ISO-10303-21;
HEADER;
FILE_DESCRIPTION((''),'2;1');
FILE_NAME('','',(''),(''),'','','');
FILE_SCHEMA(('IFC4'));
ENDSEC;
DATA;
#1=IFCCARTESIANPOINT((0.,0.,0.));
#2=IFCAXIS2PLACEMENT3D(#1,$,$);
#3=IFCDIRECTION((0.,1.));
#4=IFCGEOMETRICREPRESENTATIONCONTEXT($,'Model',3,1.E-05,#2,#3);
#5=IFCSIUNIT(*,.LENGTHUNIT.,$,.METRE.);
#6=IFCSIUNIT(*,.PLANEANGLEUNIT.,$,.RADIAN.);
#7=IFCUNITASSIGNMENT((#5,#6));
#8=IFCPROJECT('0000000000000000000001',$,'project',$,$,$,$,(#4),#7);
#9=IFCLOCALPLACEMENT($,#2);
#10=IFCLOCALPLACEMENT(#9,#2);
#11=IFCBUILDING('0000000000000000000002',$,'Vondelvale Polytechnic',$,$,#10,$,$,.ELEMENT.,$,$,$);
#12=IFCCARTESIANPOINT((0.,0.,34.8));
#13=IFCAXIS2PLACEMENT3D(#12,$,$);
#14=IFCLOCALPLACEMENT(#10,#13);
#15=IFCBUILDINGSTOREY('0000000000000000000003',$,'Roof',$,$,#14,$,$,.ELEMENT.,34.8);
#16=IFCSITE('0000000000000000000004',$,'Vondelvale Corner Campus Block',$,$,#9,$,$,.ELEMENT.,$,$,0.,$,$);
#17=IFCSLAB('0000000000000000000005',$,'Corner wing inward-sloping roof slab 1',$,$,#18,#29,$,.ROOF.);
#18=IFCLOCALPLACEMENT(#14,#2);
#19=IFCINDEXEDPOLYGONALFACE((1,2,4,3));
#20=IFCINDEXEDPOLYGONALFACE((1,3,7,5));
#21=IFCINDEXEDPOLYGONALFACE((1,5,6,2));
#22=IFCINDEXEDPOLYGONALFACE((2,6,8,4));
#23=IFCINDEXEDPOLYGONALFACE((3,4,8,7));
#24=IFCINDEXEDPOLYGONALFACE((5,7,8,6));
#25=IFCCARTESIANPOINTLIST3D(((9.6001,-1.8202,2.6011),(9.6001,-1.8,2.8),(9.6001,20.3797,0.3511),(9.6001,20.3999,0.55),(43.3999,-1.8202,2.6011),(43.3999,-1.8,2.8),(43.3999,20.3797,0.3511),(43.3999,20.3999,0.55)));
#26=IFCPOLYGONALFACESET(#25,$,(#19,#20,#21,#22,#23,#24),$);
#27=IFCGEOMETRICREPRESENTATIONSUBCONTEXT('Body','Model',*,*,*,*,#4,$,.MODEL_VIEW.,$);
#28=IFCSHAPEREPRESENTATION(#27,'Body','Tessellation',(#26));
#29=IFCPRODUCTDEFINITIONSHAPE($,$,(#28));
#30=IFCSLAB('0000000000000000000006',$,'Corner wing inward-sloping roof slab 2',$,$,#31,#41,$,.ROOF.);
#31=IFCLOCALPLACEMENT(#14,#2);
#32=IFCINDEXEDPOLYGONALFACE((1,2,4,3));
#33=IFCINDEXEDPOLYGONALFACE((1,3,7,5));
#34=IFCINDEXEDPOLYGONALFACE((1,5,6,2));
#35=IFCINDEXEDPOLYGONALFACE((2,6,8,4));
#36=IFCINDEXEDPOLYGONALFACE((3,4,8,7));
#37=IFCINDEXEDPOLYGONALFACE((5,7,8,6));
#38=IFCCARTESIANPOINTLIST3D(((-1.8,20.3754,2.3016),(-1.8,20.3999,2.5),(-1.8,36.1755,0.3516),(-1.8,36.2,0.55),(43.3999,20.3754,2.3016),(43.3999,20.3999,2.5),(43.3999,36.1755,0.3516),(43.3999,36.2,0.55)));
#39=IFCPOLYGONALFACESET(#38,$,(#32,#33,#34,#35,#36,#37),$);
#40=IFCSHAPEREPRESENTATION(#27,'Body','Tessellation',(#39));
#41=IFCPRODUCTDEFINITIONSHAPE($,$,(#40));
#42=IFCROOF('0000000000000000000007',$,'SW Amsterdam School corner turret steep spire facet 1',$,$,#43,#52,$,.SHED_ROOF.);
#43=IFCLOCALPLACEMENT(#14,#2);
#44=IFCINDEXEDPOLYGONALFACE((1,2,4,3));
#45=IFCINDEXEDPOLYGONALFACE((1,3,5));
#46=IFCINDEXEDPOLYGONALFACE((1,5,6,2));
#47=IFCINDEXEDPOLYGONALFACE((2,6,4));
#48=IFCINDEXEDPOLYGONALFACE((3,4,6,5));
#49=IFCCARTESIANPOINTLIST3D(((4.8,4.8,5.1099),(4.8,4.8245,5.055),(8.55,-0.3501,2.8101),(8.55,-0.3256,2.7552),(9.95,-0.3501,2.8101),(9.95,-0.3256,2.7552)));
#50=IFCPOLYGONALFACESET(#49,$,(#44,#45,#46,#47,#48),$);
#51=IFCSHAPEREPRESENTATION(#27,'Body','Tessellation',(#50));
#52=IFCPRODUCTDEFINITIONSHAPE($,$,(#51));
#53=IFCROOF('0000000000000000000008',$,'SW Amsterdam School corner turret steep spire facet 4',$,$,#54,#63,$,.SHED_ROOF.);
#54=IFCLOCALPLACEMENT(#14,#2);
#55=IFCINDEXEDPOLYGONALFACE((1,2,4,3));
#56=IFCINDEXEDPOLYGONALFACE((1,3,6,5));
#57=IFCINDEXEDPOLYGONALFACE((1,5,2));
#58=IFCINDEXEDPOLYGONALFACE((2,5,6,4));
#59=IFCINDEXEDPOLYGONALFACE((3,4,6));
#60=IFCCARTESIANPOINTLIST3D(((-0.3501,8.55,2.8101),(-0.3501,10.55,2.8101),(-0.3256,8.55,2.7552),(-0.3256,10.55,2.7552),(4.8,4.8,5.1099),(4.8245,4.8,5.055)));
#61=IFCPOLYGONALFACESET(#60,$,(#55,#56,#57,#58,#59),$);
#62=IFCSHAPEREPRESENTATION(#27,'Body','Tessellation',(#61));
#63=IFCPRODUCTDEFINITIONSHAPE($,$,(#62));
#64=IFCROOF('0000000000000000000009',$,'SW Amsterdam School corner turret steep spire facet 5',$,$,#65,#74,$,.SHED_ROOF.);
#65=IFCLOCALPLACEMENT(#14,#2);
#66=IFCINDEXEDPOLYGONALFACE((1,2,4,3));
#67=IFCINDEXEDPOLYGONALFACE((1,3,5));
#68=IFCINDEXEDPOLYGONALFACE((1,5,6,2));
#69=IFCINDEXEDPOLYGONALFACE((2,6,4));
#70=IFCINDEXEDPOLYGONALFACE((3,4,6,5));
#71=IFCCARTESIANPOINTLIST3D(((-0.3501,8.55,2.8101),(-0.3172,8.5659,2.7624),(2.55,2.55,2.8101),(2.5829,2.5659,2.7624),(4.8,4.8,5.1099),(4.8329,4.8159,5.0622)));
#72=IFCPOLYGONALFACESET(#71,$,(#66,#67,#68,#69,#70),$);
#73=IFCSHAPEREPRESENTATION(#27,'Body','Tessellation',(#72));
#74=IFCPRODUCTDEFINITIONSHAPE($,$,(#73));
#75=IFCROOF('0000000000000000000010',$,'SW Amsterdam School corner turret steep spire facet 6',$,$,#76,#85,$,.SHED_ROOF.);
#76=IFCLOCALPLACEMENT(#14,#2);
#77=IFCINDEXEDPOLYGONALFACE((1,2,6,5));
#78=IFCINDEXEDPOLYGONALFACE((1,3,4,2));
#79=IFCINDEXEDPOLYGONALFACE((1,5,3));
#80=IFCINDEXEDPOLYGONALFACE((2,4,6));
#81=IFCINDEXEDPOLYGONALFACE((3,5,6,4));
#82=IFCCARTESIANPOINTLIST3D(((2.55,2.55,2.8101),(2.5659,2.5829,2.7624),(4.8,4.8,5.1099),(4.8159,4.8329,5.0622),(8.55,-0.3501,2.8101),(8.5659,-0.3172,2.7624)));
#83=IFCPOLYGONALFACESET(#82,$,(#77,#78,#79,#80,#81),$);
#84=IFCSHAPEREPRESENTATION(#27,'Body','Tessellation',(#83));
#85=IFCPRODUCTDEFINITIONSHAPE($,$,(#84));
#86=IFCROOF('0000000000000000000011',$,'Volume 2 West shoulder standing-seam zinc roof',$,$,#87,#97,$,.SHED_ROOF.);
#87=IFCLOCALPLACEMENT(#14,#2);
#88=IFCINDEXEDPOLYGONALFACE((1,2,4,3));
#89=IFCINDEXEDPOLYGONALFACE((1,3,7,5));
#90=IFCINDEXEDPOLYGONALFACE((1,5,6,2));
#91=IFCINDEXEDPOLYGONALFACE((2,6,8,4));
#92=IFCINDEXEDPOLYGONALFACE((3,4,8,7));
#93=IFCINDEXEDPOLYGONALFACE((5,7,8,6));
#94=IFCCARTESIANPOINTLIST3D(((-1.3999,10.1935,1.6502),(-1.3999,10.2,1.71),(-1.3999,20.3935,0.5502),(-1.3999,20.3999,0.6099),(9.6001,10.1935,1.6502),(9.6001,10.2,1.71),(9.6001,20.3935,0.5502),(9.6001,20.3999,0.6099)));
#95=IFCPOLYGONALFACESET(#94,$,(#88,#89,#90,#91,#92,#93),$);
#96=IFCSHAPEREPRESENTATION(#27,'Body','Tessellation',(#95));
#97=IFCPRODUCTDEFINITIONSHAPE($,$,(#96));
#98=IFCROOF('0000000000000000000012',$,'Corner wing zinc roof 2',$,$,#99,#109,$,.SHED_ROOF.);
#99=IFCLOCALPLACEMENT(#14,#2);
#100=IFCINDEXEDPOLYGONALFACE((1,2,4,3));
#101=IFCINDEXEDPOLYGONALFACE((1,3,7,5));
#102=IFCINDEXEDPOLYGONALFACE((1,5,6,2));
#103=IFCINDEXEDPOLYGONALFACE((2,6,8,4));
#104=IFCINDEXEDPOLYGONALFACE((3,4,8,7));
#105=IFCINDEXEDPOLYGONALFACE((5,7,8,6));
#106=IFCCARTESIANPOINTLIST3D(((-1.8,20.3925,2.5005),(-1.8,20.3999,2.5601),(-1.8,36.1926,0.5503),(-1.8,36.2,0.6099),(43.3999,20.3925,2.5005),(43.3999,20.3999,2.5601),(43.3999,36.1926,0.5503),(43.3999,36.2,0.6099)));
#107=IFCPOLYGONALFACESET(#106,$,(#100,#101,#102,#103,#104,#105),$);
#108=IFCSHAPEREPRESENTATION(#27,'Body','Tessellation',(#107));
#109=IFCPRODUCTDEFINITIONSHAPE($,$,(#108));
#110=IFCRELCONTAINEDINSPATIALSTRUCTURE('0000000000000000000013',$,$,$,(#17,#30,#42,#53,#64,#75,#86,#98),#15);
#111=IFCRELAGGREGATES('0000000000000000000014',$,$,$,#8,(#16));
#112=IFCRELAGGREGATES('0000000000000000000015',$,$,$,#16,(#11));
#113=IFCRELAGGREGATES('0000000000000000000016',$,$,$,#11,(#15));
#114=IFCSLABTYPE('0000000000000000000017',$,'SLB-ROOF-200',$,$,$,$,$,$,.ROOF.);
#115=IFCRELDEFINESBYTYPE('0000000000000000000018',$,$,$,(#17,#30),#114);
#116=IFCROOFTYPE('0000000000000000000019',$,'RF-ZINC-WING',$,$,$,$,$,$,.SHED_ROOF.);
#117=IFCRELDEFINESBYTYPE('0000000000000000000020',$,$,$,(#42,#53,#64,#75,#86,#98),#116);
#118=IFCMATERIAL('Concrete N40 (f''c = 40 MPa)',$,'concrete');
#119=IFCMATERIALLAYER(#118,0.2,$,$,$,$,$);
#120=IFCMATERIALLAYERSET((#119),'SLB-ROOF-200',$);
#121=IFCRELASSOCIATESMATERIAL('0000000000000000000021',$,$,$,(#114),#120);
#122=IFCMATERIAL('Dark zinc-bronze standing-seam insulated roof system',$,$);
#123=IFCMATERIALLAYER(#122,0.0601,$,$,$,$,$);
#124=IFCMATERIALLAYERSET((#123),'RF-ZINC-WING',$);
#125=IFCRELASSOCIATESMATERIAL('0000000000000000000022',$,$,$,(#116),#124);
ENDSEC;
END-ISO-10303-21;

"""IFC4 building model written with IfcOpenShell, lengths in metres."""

from ifc_helpers import new_model, si_unit, direction, frame, origin, place, context, subcontext, project, spatial, polyline, outline, extrude, material, layer, layer_set, type_object, element, save


model = new_model("IFC4")

# Units and contexts
model_context = context("Model", 3, precision=1e-05, world=origin(), true_north=direction((0.0, 1.0)))
body_context = subcontext(model_context, "Body", "Model", "MODEL_VIEW")
ifc_project = project(units=[si_unit("LENGTHUNIT", "METRE"), si_unit("PLANEANGLEUNIT", "RADIAN")], contexts=[model_context])

# Site, building, storey
site_placement = place(None, origin())
site = spatial("IfcSite", under=ifc_project, at=site_placement, Name="Vondelvale Corner Campus Block", CompositionType="ELEMENT", RefElevation=0.0)
building_placement = place(site_placement, origin())
building = spatial("IfcBuilding", under=site, at=building_placement, Name="Vondelvale Polytechnic", CompositionType="ELEMENT")
storey_placement = place(building_placement, frame((0.0, 0.0, 34.8)))
storey = spatial("IfcBuildingStorey", under=building, at=storey_placement, Name="Roof", CompositionType="ELEMENT", Elevation=34.8)

# Shared definitions
ifc_material_1 = material(Name="Concrete N40 (f'c = 40 MPa)", Category="concrete")

# Slabs
ifc_layer_1 = layer(ifc_material_1, 0.2)
ifc_layer_set_1 = layer_set([ifc_layer_1], Name="SLB-ROOF-200")
slab_type = type_object("IfcSlabType", Name="SLB-ROOF-200", PredefinedType="ROOF", material=ifc_layer_set_1)
slab_1_placement = place(storey_placement, frame((9.6001, -1.8, 2.8), z_axis=(0.0, 0.100835, 0.994903), x_axis=(1.0, 0.0, 0.0)))
element("IfcSlab", 1, at=slab_1_placement, inside=storey, type_object=slab_type, Name="Corner wing inward-sloping roof slab 1", PredefinedType="ROOF", context=body_context, shape_type="SweptSolid", body=[
    extrude(outline(polyline([(0.0, 0.0), (33.7998, 0.0), (33.7998, 22.3137), (0.0, 22.3137), (0.0, 0.0)])), origin(), (0.0, 0.0, -1.0), 0.2),
])
slab_2_placement = place(storey_placement, frame((-1.8, 20.3999, 2.5), z_axis=(0.0, 0.122485, 0.99247), x_axis=(1.0, 0.0, 0.0)))
element("IfcSlab", 2, at=slab_2_placement, inside=storey, type_object=slab_type, Name="Corner wing inward-sloping roof slab 2", PredefinedType="ROOF", context=body_context, shape_type="SweptSolid", body=[
    extrude(outline(polyline([(0.0, 0.0), (45.2, 0.0), (45.2, 15.9199), (0.0, 15.9199), (0.0, 0.0)])), origin(), (0.0, 0.0, -1.0), 0.2),
])

# Roofs
ifc_material_2 = material(Name="Dark zinc-bronze standing-seam insulated roof system")
ifc_layer_2 = layer(ifc_material_2, 0.0601)
ifc_layer_set_2 = layer_set([ifc_layer_2], Name="RF-ZINC-WING")
roof_type = type_object("IfcRoofType", Name="RF-ZINC-WING", PredefinedType="SHED_ROOF", material=ifc_layer_set_2)
roof_1_placement = place(storey_placement, frame((8.55, -0.3501, 2.8101), z_axis=(0.0, -0.407744, 0.913096), x_axis=(1.0, 0.0, 0.0)))
element("IfcRoof", 3, at=roof_1_placement, inside=storey, type_object=roof_type, Name="SW Amsterdam School corner turret steep spire facet 1", PredefinedType="SHED_ROOF", context=body_context, shape_type="SweptSolid", body=[
    extrude(outline(polyline([(0.0, 0.0), (1.3999, 0.0), (-3.75, 5.6403), (0.0, 0.0)])), origin(), (0.0, 0.0, -1.0), 0.0601),
])
roof_2_placement = place(storey_placement, frame((-0.3501, 10.55, 2.8101), z_axis=(-0.407744, 0.0, 0.913096), x_axis=(0.0, -1.0, 0.0)))
element("IfcRoof", 4, at=roof_2_placement, inside=storey, type_object=roof_type, Name="SW Amsterdam School corner turret steep spire facet 4", PredefinedType="SHED_ROOF", context=body_context, shape_type="SweptSolid", body=[
    extrude(outline(polyline([(0.0, 0.0), (2.0, 0.0), (5.75, 5.6403), (0.0, 0.0)])), origin(), (0.0, 0.0, -1.0), 0.0601),
])
roof_3_placement = place(storey_placement, frame((-0.3501, 8.55, 2.8101), z_axis=(-0.547199, -0.264493, 0.794114), x_axis=(0.435186, -0.90034, 0.0)))
element("IfcRoof", 5, at=roof_3_placement, inside=storey, type_object=roof_type, Name="SW Amsterdam School corner turret steep spire facet 5", PredefinedType="SHED_ROOF", context=body_context, shape_type="SweptSolid", body=[
    extrude(outline(polyline([(0.0, 0.0), (6.6641, 0.0), (5.6176, 3.784), (0.0, 0.0)])), origin(), (0.0, 0.0, -1.0), 0.0601),
])
roof_4_placement = place(storey_placement, frame((2.55, 2.55, 2.8101), z_axis=(-0.264493, -0.547199, 0.794114), x_axis=(0.90034, -0.435186, 0.0)))
element("IfcRoof", 6, at=roof_4_placement, inside=storey, type_object=roof_type, Name="SW Amsterdam School corner turret steep spire facet 6", PredefinedType="SHED_ROOF", context=body_context, shape_type="SweptSolid", body=[
    extrude(outline(polyline([(0.0, 0.0), (6.6641, 0.0), (1.0466, 3.784), (0.0, 0.0)])), origin(), (0.0, 0.0, -1.0), 0.0601),
])
roof_5_placement = place(storey_placement, frame((-1.3999, 10.2, 1.71), z_axis=(0.0, 0.107231, 0.994234), x_axis=(1.0, 0.0, 0.0)))
element("IfcRoof", 7, at=roof_5_placement, inside=storey, type_object=roof_type, Name="Volume 2 West shoulder standing-seam zinc roof", PredefinedType="SHED_ROOF", context=body_context, shape_type="SweptSolid", body=[
    extrude(outline(polyline([(0.0, 0.0), (11.0, 0.0), (11.0, 10.2591), (0.0, 10.2591), (0.0, 0.0)])), origin(), (0.0, 0.0, -1.0), 0.0601),
])
roof_6_placement = place(storey_placement, frame((-1.8, 20.3999, 2.5601), z_axis=(0.0, 0.1225, 0.992469), x_axis=(1.0, 0.0, 0.0)))
element("IfcRoof", 8, at=roof_6_placement, inside=storey, type_object=roof_type, Name="Corner wing zinc roof 2", PredefinedType="SHED_ROOF", context=body_context, shape_type="SweptSolid", body=[
    extrude(outline(polyline([(0.0, 0.0), (45.2, 0.0), (45.2, 15.9199), (0.0, 15.9199), (0.0, 0.0)])), origin(), (0.0, 0.0, -1.0), 0.0601),
])

save(model, "model.ifc")
